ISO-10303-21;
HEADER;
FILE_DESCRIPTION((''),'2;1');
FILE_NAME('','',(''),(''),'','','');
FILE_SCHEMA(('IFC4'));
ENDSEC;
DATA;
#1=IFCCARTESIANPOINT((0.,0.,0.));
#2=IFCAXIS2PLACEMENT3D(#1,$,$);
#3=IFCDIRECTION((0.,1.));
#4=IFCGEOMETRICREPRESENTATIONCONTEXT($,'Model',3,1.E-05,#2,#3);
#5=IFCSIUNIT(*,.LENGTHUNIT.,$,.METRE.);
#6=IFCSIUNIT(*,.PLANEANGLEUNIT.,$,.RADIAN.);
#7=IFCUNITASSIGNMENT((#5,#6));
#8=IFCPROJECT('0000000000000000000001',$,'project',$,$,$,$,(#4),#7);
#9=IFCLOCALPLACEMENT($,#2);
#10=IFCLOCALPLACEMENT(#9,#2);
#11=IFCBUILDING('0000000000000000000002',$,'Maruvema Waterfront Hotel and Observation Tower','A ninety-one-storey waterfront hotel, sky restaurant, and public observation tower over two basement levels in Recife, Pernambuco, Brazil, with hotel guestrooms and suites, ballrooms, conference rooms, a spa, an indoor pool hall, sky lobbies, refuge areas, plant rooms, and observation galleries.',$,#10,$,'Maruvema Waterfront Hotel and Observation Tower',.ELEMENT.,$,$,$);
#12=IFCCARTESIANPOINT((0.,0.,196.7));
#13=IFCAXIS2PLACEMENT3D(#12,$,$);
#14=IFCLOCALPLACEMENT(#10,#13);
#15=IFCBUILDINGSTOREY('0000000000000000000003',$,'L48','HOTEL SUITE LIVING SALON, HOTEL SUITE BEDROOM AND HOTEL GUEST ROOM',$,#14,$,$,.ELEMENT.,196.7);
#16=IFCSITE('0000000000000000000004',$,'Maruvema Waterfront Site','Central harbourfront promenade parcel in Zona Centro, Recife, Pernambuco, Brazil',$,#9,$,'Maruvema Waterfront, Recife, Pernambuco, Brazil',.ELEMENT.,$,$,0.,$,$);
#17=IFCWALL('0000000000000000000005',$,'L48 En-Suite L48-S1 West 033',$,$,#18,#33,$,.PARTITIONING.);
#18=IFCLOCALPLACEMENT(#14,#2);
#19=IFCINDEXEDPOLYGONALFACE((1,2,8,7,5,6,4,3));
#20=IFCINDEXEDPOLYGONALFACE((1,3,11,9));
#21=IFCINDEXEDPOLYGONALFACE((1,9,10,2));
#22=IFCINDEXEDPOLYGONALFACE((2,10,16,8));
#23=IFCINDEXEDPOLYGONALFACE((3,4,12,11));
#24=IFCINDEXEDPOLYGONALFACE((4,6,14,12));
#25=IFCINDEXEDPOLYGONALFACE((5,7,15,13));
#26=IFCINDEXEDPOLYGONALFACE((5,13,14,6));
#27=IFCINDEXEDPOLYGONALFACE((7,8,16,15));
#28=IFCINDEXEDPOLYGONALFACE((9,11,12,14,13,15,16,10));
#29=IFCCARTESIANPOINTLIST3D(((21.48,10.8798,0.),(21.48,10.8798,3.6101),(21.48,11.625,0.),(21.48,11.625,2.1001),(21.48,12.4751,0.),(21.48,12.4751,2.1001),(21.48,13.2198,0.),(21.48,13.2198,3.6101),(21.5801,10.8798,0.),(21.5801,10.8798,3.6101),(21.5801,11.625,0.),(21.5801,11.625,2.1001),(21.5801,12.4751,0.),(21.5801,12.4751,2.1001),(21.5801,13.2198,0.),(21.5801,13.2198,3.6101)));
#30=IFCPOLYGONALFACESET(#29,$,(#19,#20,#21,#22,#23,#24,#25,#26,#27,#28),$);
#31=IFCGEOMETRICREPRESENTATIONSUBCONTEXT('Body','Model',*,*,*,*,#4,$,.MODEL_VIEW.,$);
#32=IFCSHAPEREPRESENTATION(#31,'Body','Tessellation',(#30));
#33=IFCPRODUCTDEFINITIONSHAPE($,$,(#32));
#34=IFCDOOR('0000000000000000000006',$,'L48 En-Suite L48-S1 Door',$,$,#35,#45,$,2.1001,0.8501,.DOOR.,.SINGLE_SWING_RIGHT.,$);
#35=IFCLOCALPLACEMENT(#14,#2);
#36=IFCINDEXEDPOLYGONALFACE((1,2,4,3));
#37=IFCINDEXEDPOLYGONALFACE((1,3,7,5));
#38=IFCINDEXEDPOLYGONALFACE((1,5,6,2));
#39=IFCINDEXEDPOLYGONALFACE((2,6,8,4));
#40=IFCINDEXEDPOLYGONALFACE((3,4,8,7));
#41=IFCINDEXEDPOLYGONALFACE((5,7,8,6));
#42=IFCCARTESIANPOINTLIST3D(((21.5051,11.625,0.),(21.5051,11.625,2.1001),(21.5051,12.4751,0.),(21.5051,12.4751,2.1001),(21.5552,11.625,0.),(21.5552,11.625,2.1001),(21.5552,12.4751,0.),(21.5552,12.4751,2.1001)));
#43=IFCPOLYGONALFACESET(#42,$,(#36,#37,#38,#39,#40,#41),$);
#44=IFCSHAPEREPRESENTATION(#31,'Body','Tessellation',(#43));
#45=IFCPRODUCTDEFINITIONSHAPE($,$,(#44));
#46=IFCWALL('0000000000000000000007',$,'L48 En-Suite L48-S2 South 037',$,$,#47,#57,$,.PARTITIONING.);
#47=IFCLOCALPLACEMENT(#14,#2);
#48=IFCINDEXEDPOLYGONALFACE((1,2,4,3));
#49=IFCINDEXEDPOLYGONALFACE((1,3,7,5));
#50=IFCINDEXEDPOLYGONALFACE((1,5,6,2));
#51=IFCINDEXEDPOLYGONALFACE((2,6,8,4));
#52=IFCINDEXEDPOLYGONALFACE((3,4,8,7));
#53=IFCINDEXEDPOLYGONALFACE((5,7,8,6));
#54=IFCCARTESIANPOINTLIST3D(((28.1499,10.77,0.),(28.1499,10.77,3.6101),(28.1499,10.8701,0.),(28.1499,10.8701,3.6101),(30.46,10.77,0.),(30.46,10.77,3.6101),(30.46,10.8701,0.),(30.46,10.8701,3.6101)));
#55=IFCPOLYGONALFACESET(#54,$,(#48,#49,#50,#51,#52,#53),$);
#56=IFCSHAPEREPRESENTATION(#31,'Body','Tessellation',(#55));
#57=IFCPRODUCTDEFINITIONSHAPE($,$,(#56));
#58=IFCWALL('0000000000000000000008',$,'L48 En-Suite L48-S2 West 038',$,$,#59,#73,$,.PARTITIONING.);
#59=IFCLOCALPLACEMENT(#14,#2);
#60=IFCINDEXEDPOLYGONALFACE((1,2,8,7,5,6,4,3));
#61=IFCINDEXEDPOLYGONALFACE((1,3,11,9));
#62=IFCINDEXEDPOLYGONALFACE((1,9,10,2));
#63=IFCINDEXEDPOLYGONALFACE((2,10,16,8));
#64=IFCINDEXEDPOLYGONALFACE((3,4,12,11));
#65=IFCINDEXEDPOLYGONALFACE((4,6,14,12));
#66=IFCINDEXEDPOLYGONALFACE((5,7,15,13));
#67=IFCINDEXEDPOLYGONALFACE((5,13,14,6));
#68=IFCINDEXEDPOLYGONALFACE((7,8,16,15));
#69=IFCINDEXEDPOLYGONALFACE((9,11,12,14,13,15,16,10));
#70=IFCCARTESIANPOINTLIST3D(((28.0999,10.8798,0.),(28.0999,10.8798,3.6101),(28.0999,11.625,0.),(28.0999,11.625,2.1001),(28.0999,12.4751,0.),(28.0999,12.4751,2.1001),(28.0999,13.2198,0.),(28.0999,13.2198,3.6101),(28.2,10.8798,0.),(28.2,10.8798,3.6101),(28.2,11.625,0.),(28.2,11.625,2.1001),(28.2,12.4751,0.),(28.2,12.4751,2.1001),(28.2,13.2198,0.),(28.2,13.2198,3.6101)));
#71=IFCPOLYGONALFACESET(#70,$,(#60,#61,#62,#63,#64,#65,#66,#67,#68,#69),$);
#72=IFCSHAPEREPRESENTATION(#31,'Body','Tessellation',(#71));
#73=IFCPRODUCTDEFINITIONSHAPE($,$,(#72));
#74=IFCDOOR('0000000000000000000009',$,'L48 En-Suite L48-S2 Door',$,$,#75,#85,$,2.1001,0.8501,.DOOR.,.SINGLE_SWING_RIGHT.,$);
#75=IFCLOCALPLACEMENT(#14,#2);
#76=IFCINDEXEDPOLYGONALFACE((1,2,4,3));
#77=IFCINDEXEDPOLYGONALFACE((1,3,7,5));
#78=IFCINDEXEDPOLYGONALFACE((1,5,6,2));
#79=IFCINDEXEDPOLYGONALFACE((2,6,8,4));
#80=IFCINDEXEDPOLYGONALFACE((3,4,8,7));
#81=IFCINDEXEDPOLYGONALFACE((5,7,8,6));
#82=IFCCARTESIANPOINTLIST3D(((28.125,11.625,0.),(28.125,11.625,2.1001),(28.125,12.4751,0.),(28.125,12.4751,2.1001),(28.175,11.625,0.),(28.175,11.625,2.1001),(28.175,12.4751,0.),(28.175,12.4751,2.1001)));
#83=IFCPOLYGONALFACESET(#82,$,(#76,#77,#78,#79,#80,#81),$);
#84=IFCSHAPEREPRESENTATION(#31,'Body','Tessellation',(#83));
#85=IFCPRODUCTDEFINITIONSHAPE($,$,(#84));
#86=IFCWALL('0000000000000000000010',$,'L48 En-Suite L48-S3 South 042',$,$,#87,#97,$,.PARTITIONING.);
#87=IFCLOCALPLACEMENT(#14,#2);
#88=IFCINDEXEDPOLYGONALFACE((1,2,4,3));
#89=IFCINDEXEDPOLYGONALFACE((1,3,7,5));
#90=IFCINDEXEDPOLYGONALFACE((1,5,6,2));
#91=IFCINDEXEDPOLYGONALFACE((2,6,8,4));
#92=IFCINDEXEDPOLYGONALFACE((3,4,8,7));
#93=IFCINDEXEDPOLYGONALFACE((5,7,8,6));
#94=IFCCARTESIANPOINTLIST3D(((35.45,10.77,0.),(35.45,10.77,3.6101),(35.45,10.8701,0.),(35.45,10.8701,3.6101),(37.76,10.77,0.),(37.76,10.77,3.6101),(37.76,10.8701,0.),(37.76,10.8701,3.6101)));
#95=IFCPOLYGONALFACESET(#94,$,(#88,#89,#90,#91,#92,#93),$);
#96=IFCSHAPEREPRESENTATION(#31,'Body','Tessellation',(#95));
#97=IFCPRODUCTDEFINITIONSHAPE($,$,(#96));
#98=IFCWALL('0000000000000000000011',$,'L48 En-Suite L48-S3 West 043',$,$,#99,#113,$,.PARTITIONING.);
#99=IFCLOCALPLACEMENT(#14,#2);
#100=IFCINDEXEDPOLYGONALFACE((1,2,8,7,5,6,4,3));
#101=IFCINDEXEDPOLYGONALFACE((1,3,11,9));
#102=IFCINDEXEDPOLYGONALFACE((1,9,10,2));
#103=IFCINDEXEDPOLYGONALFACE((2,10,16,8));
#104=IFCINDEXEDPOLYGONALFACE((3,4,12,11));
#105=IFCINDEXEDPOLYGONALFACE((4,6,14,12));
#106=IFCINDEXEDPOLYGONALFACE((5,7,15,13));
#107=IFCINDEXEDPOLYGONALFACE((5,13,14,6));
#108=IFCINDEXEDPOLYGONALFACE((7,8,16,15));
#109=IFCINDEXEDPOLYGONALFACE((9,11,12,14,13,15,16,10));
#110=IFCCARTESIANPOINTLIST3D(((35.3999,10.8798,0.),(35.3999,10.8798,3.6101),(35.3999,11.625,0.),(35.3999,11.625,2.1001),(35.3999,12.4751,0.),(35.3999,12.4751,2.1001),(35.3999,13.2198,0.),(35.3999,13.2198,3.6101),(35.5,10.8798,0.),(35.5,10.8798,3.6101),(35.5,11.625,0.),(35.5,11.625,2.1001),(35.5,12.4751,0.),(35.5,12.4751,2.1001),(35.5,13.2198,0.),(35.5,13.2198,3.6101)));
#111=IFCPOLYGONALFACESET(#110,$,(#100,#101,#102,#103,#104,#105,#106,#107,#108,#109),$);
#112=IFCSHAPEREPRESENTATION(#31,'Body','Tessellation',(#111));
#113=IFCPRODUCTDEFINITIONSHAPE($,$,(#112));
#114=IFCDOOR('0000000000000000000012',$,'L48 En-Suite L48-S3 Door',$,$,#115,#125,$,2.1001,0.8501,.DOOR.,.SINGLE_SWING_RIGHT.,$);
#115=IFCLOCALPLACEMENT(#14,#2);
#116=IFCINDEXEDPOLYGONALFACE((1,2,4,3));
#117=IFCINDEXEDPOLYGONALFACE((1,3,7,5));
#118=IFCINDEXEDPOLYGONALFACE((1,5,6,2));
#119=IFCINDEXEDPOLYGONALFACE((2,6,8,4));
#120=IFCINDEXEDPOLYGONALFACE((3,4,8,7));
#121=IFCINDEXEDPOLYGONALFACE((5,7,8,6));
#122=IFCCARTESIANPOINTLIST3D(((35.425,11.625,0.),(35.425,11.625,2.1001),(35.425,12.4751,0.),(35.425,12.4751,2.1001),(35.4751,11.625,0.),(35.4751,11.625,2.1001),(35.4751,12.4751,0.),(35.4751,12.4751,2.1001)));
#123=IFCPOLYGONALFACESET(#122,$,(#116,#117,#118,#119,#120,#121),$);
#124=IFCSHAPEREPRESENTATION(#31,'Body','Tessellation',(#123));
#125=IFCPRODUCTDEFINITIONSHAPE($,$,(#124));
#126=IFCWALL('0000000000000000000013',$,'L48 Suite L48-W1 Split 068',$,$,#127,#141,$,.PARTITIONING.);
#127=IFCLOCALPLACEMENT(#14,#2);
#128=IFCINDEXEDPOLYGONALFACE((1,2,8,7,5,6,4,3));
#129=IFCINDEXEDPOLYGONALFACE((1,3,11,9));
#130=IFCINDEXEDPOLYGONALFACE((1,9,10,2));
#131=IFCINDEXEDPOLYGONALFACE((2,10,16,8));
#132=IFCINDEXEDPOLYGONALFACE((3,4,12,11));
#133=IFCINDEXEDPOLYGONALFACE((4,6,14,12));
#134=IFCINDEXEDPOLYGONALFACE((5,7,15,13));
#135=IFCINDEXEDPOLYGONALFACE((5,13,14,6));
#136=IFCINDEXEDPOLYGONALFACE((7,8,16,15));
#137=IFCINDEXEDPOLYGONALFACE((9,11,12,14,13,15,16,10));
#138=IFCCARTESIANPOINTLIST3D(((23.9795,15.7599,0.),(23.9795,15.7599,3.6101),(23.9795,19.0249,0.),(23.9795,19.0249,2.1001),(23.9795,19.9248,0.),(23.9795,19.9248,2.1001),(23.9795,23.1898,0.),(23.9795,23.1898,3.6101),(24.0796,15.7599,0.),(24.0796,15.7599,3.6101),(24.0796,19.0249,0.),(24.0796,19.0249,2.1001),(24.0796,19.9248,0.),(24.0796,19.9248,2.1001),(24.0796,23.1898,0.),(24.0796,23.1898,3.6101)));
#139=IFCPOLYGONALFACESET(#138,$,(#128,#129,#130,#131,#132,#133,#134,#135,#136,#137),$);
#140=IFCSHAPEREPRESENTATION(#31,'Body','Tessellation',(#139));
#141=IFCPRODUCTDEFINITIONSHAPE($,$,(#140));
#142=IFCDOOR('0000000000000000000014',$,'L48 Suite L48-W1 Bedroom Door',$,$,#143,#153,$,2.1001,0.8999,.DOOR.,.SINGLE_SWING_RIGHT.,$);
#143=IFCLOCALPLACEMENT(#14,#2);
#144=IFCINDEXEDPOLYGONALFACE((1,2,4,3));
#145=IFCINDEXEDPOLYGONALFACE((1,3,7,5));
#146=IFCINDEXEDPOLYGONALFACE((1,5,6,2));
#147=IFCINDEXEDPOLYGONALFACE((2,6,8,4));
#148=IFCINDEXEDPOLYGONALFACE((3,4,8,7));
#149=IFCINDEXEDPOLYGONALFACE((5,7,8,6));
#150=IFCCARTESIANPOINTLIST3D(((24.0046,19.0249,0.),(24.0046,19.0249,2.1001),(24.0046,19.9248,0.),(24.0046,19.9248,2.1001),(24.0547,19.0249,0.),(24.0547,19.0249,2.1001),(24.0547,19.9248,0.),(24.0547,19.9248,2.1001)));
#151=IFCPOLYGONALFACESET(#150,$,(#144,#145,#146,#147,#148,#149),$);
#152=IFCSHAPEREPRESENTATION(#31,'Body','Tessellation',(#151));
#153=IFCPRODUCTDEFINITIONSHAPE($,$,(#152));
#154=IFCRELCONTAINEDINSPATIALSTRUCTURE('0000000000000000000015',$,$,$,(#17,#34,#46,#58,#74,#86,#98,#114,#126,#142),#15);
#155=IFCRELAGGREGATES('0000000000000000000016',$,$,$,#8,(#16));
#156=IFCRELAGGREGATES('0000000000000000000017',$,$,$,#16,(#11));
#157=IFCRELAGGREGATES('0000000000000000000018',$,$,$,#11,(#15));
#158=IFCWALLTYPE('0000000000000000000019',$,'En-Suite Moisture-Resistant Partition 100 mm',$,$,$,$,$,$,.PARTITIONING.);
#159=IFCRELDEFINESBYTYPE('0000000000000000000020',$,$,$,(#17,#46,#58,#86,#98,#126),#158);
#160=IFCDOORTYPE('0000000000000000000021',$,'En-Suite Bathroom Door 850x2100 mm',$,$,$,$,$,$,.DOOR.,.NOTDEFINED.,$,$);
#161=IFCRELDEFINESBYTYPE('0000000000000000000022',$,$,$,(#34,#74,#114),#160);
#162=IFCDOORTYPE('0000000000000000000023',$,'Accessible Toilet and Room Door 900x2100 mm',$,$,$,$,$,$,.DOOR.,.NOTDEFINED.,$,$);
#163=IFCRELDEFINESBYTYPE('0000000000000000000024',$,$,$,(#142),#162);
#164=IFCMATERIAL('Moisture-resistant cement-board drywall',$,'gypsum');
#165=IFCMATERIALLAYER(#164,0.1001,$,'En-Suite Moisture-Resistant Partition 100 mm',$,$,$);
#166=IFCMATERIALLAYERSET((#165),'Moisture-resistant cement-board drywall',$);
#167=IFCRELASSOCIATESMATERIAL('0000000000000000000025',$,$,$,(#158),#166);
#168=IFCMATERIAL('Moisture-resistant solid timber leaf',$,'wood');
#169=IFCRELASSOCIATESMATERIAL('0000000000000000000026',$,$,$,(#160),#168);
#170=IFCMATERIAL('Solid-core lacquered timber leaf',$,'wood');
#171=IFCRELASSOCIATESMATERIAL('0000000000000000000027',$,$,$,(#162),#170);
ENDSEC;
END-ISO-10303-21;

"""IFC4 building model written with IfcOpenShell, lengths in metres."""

from ifc_helpers import new_model, si_unit, direction, frame, frame_2d, origin, place, context, subcontext, project, spatial, rectangle, extrude, material, layer, layer_set, type_object, element, fill, save


model = new_model("IFC4")

# Units and contexts
model_context = context("Model", 3, precision=1e-05, world=origin(), true_north=direction((0.0, 1.0)))
body_context = subcontext(model_context, "Body", "Model", "MODEL_VIEW")
ifc_project = project(units=[si_unit("LENGTHUNIT", "METRE"), si_unit("PLANEANGLEUNIT", "RADIAN")], contexts=[model_context])

# Site, building, storey
site_placement = place(None, origin())
site = spatial("IfcSite", under=ifc_project, at=site_placement, Name="Maruvema Waterfront Site", Description="Central harbourfront promenade parcel in Zona Centro, Recife, Pernambuco, Brazil", LongName="Maruvema Waterfront, Recife, Pernambuco, Brazil", CompositionType="ELEMENT", RefElevation=0.0)
building_placement = place(site_placement, origin())
building = spatial("IfcBuilding", under=site, at=building_placement, Name="Maruvema Waterfront Hotel and Observation Tower", Description="A ninety-one-storey waterfront hotel, sky restaurant, and public observation tower over two basement levels in Recife, Pernambuco, Brazil, with hotel guestrooms and suites, ballrooms, conference rooms, a spa, an indoor pool hall, sky lobbies, refuge areas, plant rooms, and observation galleries.", LongName="Maruvema Waterfront Hotel and Observation Tower", CompositionType="ELEMENT")
storey_placement = place(building_placement, frame((0.0, 0.0, 196.7)))
storey = spatial("IfcBuildingStorey", under=building, at=storey_placement, Name="L48", Description="HOTEL SUITE LIVING SALON, HOTEL SUITE BEDROOM AND HOTEL GUEST ROOM", CompositionType="ELEMENT", Elevation=196.7)

# Wall, opening, door
ifc_material_1 = material(Name="Moisture-resistant cement-board drywall", Category="gypsum")
ifc_layer_1 = layer(ifc_material_1, 0.1001, Name="En-Suite Moisture-Resistant Partition 100 mm")
ifc_layer_set_1 = layer_set([ifc_layer_1], Name="Moisture-resistant cement-board drywall")
wall_type_1 = type_object("IfcWallType", Name="En-Suite Moisture-Resistant Partition 100 mm", PredefinedType="PARTITIONING", material=ifc_layer_set_1)
wall_1_placement = place(storey_placement, frame((21.53, 10.8799, 0.0), z_axis=(0.0, 0.0, 1.0), x_axis=(0.0, 1.0, 0.0)))
wall_1 = element("IfcWall", 1, at=wall_1_placement, inside=storey, type_object=wall_type_1, Name="L48 En-Suite L48-S1 West 033", PredefinedType="PARTITIONING", context=body_context, shape_type="SweptSolid", body=[
    extrude(rectangle(XDim=2.3401, YDim=0.1001, at=frame_2d((1.1699, 0.0))), origin(), (0.0, 0.0, 1.0), 3.6101),
])
opening_1_placement = place(wall_1_placement, frame((0.7451, 0.0, 0.0)))
opening_1 = element("IfcOpeningElement", 2, at=opening_1_placement, cuts=wall_1, PredefinedType="OPENING", context=body_context, shape_type="SweptSolid", body=[
    extrude(rectangle(XDim=0.8501, YDim=2.1001, at=frame_2d((0.425, 1.05))), frame((0.0, 0.0601, 0.0), z_axis=(0.0, -1.0, 0.0), x_axis=(1.0, 0.0, 0.0)), (0.0, 0.0, 1.0), 0.1201),
])
ifc_material_2 = material(Name="Moisture-resistant solid timber leaf", Category="wood")
door_type_1 = type_object("IfcDoorType", Name="En-Suite Bathroom Door 850x2100 mm", OperationType="NOTDEFINED", PredefinedType="DOOR", material=ifc_material_2)
door_1_placement = place(opening_1_placement, origin())
door_1 = element("IfcDoor", 3, at=door_1_placement, inside=storey, type_object=door_type_1, Name="L48 En-Suite L48-S1 Door", OperationType="SINGLE_SWING_RIGHT", OverallHeight=2.1001, OverallWidth=0.8501, PredefinedType="DOOR", context=body_context, shape_type="SweptSolid", body=[
    extrude(rectangle(XDim=0.8501, YDim=2.1001, at=frame_2d((0.425, 1.05))), frame((0.0, 0.0249, 0.0), z_axis=(0.0, -1.0, 0.0), x_axis=(1.0, 0.0, 0.0)), (0.0, 0.0, 1.0), 0.05),
])
fill(opening_1, door_1)

# Wall
wall_2_placement = place(storey_placement, frame((28.1499, 10.8201, 0.0), z_axis=(0.0, 0.0, 1.0), x_axis=(1.0, 0.0, 0.0)))
element("IfcWall", 4, at=wall_2_placement, inside=storey, type_object=wall_type_1, Name="L48 En-Suite L48-S2 South 037", PredefinedType="PARTITIONING", context=body_context, shape_type="SweptSolid", body=[
    extrude(rectangle(XDim=2.3101, YDim=0.1001, at=frame_2d((1.155, 0.0))), origin(), (0.0, 0.0, 1.0), 3.6101),
])

# Wall, opening, door
wall_3_placement = place(storey_placement, frame((28.1499, 10.8799, 0.0), z_axis=(0.0, 0.0, 1.0), x_axis=(0.0, 1.0, 0.0)))
wall_3 = element("IfcWall", 5, at=wall_3_placement, inside=storey, type_object=wall_type_1, Name="L48 En-Suite L48-S2 West 038", PredefinedType="PARTITIONING", context=body_context, shape_type="SweptSolid", body=[
    extrude(rectangle(XDim=2.3401, YDim=0.1001, at=frame_2d((1.1699, 0.0))), origin(), (0.0, 0.0, 1.0), 3.6101),
])
opening_2_placement = place(wall_3_placement, frame((0.7451, 0.0, 0.0)))
opening_2 = element("IfcOpeningElement", 6, at=opening_2_placement, cuts=wall_3, PredefinedType="OPENING", context=body_context, shape_type="SweptSolid", body=[
    extrude(rectangle(XDim=0.8501, YDim=2.1001, at=frame_2d((0.425, 1.05))), frame((0.0, 0.0601, 0.0), z_axis=(0.0, -1.0, 0.0), x_axis=(1.0, 0.0, 0.0)), (0.0, 0.0, 1.0), 0.1201),
])
door_2_placement = place(opening_2_placement, origin())
door_2 = element("IfcDoor", 7, at=door_2_placement, inside=storey, type_object=door_type_1, Name="L48 En-Suite L48-S2 Door", OperationType="SINGLE_SWING_RIGHT", OverallHeight=2.1001, OverallWidth=0.8501, PredefinedType="DOOR", context=body_context, shape_type="SweptSolid", body=[
    extrude(rectangle(XDim=0.8501, YDim=2.1001, at=frame_2d((0.425, 1.05))), frame((0.0, 0.0249, 0.0), z_axis=(0.0, -1.0, 0.0), x_axis=(1.0, 0.0, 0.0)), (0.0, 0.0, 1.0), 0.05),
])
fill(opening_2, door_2)

# Wall
wall_4_placement = place(storey_placement, frame((35.45, 10.8201, 0.0), z_axis=(0.0, 0.0, 1.0), x_axis=(1.0, 0.0, 0.0)))
element("IfcWall", 8, at=wall_4_placement, inside=storey, type_object=wall_type_1, Name="L48 En-Suite L48-S3 South 042", PredefinedType="PARTITIONING", context=body_context, shape_type="SweptSolid", body=[
    extrude(rectangle(XDim=2.3101, YDim=0.1001, at=frame_2d((1.155, 0.0))), origin(), (0.0, 0.0, 1.0), 3.6101),
])

# Walls, openings, doors
wall_5_placement = place(storey_placement, frame((35.45, 10.8799, 0.0), z_axis=(0.0, 0.0, 1.0), x_axis=(0.0, 1.0, 0.0)))
wall_5 = element("IfcWall", 9, at=wall_5_placement, inside=storey, type_object=wall_type_1, Name="L48 En-Suite L48-S3 West 043", PredefinedType="PARTITIONING", context=body_context, shape_type="SweptSolid", body=[
    extrude(rectangle(XDim=2.3401, YDim=0.1001, at=frame_2d((1.1699, 0.0))), origin(), (0.0, 0.0, 1.0), 3.6101),
])
opening_3_placement = place(wall_5_placement, frame((0.7451, 0.0, 0.0)))
opening_3 = element("IfcOpeningElement", 10, at=opening_3_placement, cuts=wall_5, PredefinedType="OPENING", context=body_context, shape_type="SweptSolid", body=[
    extrude(rectangle(XDim=0.8501, YDim=2.1001, at=frame_2d((0.425, 1.05))), frame((0.0, 0.0601, 0.0), z_axis=(0.0, -1.0, 0.0), x_axis=(1.0, 0.0, 0.0)), (0.0, 0.0, 1.0), 0.1201),
])
door_3_placement = place(opening_3_placement, origin())
door_3 = element("IfcDoor", 11, at=door_3_placement, inside=storey, type_object=door_type_1, Name="L48 En-Suite L48-S3 Door", OperationType="SINGLE_SWING_RIGHT", OverallHeight=2.1001, OverallWidth=0.8501, PredefinedType="DOOR", context=body_context, shape_type="SweptSolid", body=[
    extrude(rectangle(XDim=0.8501, YDim=2.1001, at=frame_2d((0.425, 1.05))), frame((0.0, 0.0249, 0.0), z_axis=(0.0, -1.0, 0.0), x_axis=(1.0, 0.0, 0.0)), (0.0, 0.0, 1.0), 0.05),
])
fill(opening_3, door_3)
wall_6_placement = place(storey_placement, frame((24.0295, 15.76, 0.0), z_axis=(0.0, 0.0, 1.0), x_axis=(0.0, 1.0, 0.0)))
wall_6 = element("IfcWall", 12, at=wall_6_placement, inside=storey, type_object=wall_type_1, Name="L48 Suite L48-W1 Split 068", PredefinedType="PARTITIONING", context=body_context, shape_type="SweptSolid", body=[
    extrude(rectangle(XDim=7.4299, YDim=0.1001, at=frame_2d((3.7148, 0.0))), origin(), (0.0, 0.0, 1.0), 3.6101),
])
opening_4_placement = place(wall_6_placement, frame((3.2649, 0.0, 0.0)))
opening_4 = element("IfcOpeningElement", 13, at=opening_4_placement, cuts=wall_6, PredefinedType="OPENING", context=body_context, shape_type="SweptSolid", body=[
    extrude(rectangle(XDim=0.8999, YDim=2.1001, at=frame_2d((0.45, 1.05))), frame((0.0, 0.0601, 0.0), z_axis=(0.0, -1.0, 0.0), x_axis=(1.0, 0.0, 0.0)), (0.0, 0.0, 1.0), 0.1201),
])
ifc_material_3 = material(Name="Solid-core lacquered timber leaf", Category="wood")
door_type_2 = type_object("IfcDoorType", Name="Accessible Toilet and Room Door 900x2100 mm", OperationType="NOTDEFINED", PredefinedType="DOOR", material=ifc_material_3)
door_4_placement = place(opening_4_placement, origin())
door_4 = element("IfcDoor", 14, at=door_4_placement, inside=storey, type_object=door_type_2, Name="L48 Suite L48-W1 Bedroom Door", OperationType="SINGLE_SWING_RIGHT", OverallHeight=2.1001, OverallWidth=0.8999, PredefinedType="DOOR", context=body_context, shape_type="SweptSolid", body=[
    extrude(rectangle(XDim=0.8999, YDim=2.1001, at=frame_2d((0.45, 1.05))), frame((0.0, 0.0249, 0.0), z_axis=(0.0, -1.0, 0.0), x_axis=(1.0, 0.0, 0.0)), (0.0, 0.0, 1.0), 0.05),
])
fill(opening_4, door_4)

save(model, "model.ifc")
